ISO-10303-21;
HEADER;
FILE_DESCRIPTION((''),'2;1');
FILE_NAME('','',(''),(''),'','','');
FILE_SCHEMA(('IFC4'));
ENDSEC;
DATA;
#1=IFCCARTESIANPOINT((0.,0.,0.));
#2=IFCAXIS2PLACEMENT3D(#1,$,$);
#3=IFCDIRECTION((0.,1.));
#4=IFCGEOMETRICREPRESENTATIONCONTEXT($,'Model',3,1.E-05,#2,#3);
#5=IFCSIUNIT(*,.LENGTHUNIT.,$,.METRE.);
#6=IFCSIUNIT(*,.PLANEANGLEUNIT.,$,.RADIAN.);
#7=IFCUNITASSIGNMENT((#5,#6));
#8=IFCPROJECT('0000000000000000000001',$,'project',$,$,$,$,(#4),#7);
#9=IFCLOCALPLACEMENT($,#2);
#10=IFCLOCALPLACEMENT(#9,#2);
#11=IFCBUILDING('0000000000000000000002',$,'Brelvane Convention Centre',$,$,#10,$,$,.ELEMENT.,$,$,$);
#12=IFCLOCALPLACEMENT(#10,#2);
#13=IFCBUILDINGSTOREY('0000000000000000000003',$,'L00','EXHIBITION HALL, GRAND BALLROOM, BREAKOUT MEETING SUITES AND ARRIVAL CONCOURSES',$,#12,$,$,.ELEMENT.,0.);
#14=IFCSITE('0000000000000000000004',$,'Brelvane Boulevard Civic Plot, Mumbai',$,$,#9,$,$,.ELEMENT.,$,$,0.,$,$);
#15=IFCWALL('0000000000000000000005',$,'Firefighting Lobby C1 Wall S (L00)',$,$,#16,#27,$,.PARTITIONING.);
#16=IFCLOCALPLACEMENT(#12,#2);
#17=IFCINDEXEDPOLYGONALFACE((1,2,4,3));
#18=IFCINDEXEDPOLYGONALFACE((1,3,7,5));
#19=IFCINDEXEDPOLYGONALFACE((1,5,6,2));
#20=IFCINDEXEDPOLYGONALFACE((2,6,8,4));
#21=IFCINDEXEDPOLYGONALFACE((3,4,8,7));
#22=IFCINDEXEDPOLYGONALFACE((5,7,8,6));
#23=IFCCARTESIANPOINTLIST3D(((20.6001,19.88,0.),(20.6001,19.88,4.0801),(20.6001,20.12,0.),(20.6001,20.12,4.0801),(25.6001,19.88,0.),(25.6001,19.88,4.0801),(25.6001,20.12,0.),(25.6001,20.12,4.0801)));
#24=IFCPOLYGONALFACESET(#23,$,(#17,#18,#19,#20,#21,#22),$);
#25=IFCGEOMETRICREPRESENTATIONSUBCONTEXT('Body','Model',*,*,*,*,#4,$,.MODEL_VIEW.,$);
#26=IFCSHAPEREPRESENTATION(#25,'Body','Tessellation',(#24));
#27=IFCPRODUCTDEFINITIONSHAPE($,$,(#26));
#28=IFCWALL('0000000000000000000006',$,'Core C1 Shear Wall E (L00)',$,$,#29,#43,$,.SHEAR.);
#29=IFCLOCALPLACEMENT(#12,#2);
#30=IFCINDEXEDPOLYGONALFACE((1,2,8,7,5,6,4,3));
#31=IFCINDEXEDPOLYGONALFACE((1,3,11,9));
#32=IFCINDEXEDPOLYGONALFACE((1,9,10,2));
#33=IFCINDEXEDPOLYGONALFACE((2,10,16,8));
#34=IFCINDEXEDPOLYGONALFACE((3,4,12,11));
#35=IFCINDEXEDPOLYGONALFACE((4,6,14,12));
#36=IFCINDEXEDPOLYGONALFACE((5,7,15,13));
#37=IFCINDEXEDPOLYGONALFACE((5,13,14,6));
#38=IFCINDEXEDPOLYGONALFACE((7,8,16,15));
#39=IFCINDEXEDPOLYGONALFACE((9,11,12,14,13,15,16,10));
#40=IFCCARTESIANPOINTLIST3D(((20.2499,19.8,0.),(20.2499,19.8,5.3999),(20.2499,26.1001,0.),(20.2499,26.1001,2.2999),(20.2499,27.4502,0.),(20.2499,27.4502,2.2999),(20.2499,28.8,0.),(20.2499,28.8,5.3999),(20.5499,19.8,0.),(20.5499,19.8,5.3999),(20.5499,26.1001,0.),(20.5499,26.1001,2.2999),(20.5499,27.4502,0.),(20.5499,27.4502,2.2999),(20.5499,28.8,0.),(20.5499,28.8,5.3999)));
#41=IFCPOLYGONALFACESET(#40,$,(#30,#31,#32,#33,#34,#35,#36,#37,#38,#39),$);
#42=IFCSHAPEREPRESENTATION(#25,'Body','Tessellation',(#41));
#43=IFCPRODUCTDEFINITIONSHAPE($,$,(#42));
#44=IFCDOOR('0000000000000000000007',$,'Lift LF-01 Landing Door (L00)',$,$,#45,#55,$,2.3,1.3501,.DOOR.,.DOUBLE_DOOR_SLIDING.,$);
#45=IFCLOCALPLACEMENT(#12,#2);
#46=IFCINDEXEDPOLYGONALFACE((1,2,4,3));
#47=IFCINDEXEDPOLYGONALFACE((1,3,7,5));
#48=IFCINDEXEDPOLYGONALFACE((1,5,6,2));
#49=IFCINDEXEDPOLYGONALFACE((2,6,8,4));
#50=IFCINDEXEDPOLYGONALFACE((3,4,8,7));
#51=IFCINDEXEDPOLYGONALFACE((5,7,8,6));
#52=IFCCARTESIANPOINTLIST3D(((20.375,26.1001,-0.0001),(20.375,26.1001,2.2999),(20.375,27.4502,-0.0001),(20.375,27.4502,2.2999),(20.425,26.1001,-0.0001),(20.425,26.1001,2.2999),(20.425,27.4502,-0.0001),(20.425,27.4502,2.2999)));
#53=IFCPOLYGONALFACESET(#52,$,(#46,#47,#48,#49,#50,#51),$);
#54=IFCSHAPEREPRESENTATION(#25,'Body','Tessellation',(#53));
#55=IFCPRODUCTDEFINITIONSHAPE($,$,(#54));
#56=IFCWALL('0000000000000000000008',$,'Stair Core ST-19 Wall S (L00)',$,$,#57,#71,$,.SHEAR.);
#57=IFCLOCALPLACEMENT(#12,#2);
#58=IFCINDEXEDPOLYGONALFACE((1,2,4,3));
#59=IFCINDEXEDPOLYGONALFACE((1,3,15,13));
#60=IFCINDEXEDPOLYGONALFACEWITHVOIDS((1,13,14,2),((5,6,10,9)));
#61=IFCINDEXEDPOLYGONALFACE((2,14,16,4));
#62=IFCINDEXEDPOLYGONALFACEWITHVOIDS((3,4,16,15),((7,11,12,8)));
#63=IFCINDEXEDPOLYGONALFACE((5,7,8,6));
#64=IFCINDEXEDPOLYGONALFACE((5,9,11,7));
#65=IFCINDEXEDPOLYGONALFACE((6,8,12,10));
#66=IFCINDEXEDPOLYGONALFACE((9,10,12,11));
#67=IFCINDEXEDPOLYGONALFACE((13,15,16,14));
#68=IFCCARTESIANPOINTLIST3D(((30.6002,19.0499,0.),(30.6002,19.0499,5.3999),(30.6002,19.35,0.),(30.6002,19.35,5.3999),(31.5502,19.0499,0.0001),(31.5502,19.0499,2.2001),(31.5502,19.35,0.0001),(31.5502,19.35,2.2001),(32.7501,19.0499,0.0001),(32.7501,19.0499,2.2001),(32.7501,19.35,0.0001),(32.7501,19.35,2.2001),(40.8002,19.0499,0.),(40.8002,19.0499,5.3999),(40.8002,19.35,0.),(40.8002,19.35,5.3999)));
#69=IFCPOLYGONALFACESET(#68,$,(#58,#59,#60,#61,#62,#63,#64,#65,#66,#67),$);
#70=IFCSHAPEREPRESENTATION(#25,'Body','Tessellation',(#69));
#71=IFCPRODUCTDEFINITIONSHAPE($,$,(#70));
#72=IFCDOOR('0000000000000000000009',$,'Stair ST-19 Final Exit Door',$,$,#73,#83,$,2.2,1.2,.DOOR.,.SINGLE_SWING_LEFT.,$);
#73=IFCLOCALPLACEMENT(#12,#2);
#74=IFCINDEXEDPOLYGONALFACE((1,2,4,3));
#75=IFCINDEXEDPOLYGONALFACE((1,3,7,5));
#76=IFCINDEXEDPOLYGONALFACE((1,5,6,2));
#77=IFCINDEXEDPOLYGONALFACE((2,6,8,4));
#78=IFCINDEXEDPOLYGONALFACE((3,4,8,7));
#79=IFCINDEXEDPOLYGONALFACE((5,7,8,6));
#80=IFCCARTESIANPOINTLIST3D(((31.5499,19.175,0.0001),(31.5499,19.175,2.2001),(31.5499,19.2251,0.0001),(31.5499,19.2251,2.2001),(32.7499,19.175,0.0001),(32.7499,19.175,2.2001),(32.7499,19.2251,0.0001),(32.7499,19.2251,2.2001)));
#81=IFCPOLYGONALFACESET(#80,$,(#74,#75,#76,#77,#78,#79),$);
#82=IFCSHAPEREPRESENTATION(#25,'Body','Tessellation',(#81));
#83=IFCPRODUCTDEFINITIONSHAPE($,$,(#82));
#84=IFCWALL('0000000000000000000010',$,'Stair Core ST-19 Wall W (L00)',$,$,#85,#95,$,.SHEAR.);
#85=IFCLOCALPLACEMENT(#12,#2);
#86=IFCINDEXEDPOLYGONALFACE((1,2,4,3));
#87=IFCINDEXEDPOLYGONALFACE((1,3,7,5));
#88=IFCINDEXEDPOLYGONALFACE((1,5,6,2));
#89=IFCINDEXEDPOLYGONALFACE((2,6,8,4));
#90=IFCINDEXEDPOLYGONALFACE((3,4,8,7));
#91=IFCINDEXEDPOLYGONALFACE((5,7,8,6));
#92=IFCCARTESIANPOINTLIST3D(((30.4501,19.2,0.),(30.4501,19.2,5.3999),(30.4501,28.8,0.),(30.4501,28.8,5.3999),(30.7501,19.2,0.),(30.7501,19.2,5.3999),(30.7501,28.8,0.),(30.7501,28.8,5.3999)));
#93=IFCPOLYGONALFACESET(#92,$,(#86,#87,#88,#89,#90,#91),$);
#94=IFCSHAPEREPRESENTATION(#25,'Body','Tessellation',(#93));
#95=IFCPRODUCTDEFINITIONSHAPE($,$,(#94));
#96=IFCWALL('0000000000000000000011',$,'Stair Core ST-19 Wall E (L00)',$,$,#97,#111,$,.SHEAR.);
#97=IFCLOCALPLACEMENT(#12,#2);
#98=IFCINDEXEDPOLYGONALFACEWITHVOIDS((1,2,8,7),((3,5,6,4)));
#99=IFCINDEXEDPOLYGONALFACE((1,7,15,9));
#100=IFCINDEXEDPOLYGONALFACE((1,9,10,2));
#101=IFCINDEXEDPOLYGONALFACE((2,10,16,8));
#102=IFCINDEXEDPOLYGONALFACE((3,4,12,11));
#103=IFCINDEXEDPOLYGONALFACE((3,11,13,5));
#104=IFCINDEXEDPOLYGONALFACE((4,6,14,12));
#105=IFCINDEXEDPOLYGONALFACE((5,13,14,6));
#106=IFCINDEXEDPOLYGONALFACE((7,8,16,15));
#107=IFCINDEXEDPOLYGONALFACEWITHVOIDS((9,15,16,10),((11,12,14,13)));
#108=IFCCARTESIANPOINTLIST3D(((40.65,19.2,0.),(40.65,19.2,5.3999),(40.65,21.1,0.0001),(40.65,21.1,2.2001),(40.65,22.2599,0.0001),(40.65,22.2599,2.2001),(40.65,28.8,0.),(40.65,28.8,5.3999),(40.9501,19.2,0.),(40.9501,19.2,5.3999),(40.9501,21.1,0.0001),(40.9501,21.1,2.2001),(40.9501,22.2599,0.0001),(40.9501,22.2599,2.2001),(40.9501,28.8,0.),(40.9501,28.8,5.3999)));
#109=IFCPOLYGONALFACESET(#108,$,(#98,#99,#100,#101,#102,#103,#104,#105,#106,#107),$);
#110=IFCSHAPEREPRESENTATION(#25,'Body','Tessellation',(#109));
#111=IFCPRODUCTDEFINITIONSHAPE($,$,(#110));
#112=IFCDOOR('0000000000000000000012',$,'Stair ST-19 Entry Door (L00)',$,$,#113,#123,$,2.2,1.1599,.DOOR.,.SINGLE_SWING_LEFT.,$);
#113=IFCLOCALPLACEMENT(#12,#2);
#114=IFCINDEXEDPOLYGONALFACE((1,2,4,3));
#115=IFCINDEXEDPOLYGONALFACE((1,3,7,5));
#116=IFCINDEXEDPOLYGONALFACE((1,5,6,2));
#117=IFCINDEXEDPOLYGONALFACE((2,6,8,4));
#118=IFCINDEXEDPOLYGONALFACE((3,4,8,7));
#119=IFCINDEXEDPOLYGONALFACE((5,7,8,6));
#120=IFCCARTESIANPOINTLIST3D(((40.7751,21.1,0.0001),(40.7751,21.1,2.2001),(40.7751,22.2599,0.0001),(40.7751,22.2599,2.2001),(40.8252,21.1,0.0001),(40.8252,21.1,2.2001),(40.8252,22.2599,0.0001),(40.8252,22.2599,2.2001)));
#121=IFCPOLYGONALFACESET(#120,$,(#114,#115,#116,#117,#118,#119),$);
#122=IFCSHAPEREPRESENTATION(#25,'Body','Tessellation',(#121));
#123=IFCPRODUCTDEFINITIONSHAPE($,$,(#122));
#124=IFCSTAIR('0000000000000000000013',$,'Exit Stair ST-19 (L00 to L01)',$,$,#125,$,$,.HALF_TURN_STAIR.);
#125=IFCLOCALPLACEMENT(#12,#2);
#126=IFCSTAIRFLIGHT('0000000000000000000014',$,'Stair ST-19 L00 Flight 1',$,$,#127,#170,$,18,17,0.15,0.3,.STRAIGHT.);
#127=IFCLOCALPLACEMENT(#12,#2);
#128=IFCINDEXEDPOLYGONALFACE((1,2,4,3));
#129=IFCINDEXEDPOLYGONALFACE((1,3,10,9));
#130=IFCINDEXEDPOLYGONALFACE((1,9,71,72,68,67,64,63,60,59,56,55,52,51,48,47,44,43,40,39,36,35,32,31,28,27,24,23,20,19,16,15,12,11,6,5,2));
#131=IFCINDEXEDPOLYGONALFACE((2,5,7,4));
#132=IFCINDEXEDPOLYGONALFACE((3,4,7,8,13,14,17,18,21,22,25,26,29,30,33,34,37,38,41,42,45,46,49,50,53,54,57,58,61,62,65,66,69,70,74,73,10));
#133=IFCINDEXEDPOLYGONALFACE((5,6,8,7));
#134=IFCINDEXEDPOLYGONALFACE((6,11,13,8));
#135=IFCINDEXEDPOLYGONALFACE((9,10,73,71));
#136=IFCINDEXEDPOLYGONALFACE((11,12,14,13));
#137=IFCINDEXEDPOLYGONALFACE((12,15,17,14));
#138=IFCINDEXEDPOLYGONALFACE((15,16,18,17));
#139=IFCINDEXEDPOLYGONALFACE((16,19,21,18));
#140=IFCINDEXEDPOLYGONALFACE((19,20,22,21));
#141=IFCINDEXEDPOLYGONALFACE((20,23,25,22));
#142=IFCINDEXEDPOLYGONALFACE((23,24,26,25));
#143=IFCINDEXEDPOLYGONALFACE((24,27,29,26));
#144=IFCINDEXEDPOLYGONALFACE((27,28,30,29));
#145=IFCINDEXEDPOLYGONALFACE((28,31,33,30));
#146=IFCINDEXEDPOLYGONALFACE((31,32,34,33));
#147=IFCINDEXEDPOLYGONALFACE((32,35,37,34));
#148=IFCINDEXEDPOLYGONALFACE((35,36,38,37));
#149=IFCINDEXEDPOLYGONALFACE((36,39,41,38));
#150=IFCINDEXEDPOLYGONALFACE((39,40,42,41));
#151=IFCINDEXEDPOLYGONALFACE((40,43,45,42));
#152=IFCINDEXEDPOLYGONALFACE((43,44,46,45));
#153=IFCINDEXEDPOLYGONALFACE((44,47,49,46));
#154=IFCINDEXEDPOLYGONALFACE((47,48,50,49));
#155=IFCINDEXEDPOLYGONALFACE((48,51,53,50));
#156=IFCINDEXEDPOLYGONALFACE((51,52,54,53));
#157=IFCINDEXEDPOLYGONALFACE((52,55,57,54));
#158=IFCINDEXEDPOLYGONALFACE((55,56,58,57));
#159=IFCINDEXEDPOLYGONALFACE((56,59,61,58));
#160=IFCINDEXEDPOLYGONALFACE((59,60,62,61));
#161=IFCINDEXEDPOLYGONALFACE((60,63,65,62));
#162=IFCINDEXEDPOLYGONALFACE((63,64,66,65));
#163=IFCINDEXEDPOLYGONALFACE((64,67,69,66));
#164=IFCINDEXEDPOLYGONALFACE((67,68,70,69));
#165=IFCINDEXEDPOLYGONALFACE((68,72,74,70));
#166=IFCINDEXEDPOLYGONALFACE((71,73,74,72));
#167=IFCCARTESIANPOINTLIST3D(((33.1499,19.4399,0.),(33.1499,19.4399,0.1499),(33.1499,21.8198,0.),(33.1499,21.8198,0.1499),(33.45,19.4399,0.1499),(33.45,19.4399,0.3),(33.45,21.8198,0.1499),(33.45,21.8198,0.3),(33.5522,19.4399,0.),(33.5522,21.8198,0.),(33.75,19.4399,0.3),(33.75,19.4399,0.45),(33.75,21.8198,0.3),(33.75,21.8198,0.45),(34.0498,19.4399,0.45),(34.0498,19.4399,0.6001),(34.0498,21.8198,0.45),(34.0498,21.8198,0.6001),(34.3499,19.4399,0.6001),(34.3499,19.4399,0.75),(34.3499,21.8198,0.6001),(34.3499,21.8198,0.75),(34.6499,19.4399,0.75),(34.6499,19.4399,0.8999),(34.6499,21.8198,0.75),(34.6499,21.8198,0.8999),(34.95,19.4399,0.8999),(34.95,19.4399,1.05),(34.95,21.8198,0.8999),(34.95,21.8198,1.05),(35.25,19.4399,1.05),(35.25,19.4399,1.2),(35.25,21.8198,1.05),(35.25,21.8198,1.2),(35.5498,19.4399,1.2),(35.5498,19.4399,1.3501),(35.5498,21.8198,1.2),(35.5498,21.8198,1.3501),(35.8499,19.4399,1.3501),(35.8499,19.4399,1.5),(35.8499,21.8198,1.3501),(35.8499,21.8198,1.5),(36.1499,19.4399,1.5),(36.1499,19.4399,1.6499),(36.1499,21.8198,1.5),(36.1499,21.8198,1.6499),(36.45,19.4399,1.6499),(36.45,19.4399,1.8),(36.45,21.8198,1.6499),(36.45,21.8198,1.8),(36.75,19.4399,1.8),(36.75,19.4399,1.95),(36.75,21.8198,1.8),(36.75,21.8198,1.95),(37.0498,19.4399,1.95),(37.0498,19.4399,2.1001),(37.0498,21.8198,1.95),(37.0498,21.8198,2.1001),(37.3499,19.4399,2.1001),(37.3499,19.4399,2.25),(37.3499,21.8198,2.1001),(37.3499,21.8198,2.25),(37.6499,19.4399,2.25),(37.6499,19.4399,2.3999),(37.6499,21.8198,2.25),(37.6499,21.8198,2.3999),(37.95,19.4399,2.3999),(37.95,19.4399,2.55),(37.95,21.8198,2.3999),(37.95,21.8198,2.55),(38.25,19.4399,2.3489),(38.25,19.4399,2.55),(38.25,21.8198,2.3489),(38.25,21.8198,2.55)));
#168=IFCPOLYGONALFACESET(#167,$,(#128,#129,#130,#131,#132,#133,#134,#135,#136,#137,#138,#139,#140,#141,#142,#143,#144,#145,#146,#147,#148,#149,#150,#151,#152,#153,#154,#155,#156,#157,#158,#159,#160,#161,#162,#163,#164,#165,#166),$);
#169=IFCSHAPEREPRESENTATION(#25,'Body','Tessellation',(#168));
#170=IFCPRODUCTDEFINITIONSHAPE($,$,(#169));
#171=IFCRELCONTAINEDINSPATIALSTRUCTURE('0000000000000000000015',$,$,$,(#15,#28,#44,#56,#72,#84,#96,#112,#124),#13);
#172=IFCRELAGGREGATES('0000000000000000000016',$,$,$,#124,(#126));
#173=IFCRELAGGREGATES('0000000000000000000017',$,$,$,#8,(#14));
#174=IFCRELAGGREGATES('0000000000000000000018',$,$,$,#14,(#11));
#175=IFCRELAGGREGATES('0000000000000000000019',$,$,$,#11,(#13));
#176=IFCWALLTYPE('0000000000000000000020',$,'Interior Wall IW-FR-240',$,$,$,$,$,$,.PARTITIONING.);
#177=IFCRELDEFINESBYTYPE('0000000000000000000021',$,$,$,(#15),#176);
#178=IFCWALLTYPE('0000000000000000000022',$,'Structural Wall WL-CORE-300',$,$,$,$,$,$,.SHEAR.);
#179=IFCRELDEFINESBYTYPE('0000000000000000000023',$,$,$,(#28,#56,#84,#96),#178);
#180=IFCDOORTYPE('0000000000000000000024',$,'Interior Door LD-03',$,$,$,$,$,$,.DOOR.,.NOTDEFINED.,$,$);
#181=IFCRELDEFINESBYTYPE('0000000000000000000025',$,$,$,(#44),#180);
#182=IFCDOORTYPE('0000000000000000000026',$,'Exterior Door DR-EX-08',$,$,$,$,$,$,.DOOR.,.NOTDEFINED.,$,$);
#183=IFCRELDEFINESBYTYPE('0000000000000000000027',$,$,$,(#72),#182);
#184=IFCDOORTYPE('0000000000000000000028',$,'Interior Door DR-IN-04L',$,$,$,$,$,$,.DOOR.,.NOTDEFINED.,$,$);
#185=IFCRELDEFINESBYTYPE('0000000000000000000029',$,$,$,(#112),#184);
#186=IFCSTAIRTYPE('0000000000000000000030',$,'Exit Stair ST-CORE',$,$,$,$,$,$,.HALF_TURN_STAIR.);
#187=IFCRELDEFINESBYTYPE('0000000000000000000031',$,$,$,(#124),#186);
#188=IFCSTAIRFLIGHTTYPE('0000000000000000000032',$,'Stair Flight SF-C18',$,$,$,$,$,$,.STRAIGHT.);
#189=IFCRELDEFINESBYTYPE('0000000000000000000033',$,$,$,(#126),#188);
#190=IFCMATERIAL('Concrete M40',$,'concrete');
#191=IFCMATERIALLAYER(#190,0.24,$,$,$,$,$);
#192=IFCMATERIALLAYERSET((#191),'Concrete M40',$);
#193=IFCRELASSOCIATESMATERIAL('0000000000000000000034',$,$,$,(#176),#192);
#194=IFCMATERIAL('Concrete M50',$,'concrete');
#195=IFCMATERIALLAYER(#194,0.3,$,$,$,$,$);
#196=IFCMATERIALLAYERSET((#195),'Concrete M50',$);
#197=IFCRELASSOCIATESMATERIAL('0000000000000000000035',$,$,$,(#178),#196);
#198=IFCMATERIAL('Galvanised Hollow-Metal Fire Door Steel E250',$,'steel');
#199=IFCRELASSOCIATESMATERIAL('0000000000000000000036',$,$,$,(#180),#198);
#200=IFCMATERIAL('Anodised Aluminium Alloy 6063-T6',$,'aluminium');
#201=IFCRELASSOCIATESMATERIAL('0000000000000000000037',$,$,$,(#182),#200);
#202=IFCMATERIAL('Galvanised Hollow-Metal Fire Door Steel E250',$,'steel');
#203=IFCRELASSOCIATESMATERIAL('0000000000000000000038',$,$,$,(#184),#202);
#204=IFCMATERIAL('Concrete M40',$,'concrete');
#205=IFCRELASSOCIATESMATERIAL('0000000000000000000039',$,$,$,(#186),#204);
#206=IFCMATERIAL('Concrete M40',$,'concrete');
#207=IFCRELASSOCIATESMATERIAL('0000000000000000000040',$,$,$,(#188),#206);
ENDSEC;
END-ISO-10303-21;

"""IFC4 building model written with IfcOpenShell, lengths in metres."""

from ifc_helpers import new_model, si_unit, direction, frame, frame_2d, origin, place, context, subcontext, project, spatial, polyline, rectangle, outline, extrude, material, layer, layer_set, type_object, element, fill, aggregate, save


model = new_model("IFC4")

# Units and contexts
model_context = context("Model", 3, precision=1e-05, world=origin(), true_north=direction((0.0, 1.0)))
body_context = subcontext(model_context, "Body", "Model", "MODEL_VIEW")
ifc_project = project(units=[si_unit("LENGTHUNIT", "METRE"), si_unit("PLANEANGLEUNIT", "RADIAN")], contexts=[model_context])

# Site, building, storey
site_placement = place(None, origin())
site = spatial("IfcSite", under=ifc_project, at=site_placement, Name="Brelvane Boulevard Civic Plot, Mumbai", CompositionType="ELEMENT", RefElevation=0.0)
building_placement = place(site_placement, origin())
building = spatial("IfcBuilding", under=site, at=building_placement, Name="Brelvane Convention Centre", CompositionType="ELEMENT")
storey_placement = place(building_placement, origin())
storey = spatial("IfcBuildingStorey", under=building, at=storey_placement, Name="L00", Description="EXHIBITION HALL, GRAND BALLROOM, BREAKOUT MEETING SUITES AND ARRIVAL CONCOURSES", CompositionType="ELEMENT", Elevation=0.0)

# Shared definitions
ifc_material_1 = material(Name="Concrete M40", Category="concrete")
ifc_layer_1 = layer(ifc_material_1, 0.24)
ifc_layer_set_1 = layer_set([ifc_layer_1], Name="Concrete M40")
wall_type_1 = type_object("IfcWallType", Name="Interior Wall IW-FR-240", PredefinedType="PARTITIONING", material=ifc_layer_set_1)

# Wall
wall_1_placement = place(storey_placement, frame((20.6001, 20.0, 0.0), z_axis=(0.0, 0.0, 1.0), x_axis=(1.0, 0.0, 0.0)))
element("IfcWall", 1, at=wall_1_placement, inside=storey, type_object=wall_type_1, Name="Firefighting Lobby C1 Wall S (L00)", PredefinedType="PARTITIONING", context=body_context, shape_type="SweptSolid", body=[
    extrude(rectangle(XDim=5.0, YDim=0.24, at=frame_2d((2.5, 0.0))), origin(), (0.0, 0.0, 1.0), 4.0801),
])

# Walls, openings, doors
ifc_material_2 = material(Name="Concrete M50", Category="concrete")
ifc_layer_2 = layer(ifc_material_2, 0.3)
ifc_layer_set_2 = layer_set([ifc_layer_2], Name="Concrete M50")
wall_type_2 = type_object("IfcWallType", Name="Structural Wall WL-CORE-300", PredefinedType="SHEAR", material=ifc_layer_set_2)
wall_2_placement = place(storey_placement, frame((20.3999, 19.8, 0.0), z_axis=(0.0, 0.0, 1.0), x_axis=(0.0, 1.0, 0.0)))
wall_2 = element("IfcWall", 2, at=wall_2_placement, inside=storey, type_object=wall_type_2, Name="Core C1 Shear Wall E (L00)", PredefinedType="SHEAR", context=body_context, shape_type="SweptSolid", body=[
    extrude(rectangle(XDim=9.0, YDim=0.3, at=frame_2d((4.5, 0.0))), origin(), (0.0, 0.0, 1.0), 5.3999),
])
opening_1_placement = place(wall_2_placement, frame((6.3, 0.0, 0.0)))
opening_1 = element("IfcOpeningElement", 3, at=opening_1_placement, cuts=wall_2, PredefinedType="OPENING", context=body_context, shape_type="SweptSolid", body=[
    extrude(rectangle(XDim=1.3501, YDim=2.3, at=frame_2d((0.675, 1.1499))), frame((0.0, 0.1599, 0.0), z_axis=(0.0, -1.0, 0.0), x_axis=(1.0, 0.0, 0.0)), (0.0, 0.0, 1.0), 0.3201),
])
ifc_material_3 = material(Name="Galvanised Hollow-Metal Fire Door Steel E250", Category="steel")
door_type_1 = type_object("IfcDoorType", Name="Interior Door LD-03", OperationType="NOTDEFINED", PredefinedType="DOOR", material=ifc_material_3)
door_1_placement = place(opening_1_placement, origin())
door_1 = element("IfcDoor", 4, at=door_1_placement, inside=storey, type_object=door_type_1, Name="Lift LF-01 Landing Door (L00)", OperationType="DOUBLE_DOOR_SLIDING", OverallHeight=2.3, OverallWidth=1.3501, PredefinedType="DOOR", context=body_context, shape_type="SweptSolid", body=[
    extrude(rectangle(XDim=1.3501, YDim=2.3, at=frame_2d((0.675, 1.1499))), frame((0.0, 0.0249, 0.0), z_axis=(0.0, -1.0, 0.0), x_axis=(1.0, 0.0, 0.0)), (0.0, 0.0, 1.0), 0.05),
])
fill(opening_1, door_1)
wall_3_placement = place(storey_placement, frame((30.6001, 19.2, 0.0), z_axis=(0.0, 0.0, 1.0), x_axis=(1.0, 0.0, 0.0)))
wall_3 = element("IfcWall", 5, at=wall_3_placement, inside=storey, type_object=wall_type_2, Name="Stair Core ST-19 Wall S (L00)", PredefinedType="SHEAR", context=body_context, shape_type="SweptSolid", body=[
    extrude(rectangle(XDim=10.2, YDim=0.3, at=frame_2d((5.1001, 0.0))), origin(), (0.0, 0.0, 1.0), 5.3999),
])
opening_2_placement = place(wall_3_placement, frame((0.95, 0.0, 0.0)))
opening_2 = element("IfcOpeningElement", 6, at=opening_2_placement, cuts=wall_3, PredefinedType="OPENING", context=body_context, shape_type="SweptSolid", body=[
    extrude(rectangle(XDim=1.2, YDim=2.2, at=frame_2d((0.6001, 1.1001))), frame((0.0, 0.1599, 0.0), z_axis=(0.0, -1.0, 0.0), x_axis=(1.0, 0.0, 0.0)), (0.0, 0.0, 1.0), 0.3201),
])
ifc_material_4 = material(Name="Anodised Aluminium Alloy 6063-T6", Category="aluminium")
door_type_2 = type_object("IfcDoorType", Name="Exterior Door DR-EX-08", OperationType="NOTDEFINED", PredefinedType="DOOR", material=ifc_material_4)
door_2_placement = place(opening_2_placement, frame((1.2, 0.0, 0.0), z_axis=(0.0, 0.0, 1.0), x_axis=(-1.0, 0.0, 0.0)))
door_2 = element("IfcDoor", 7, at=door_2_placement, inside=storey, type_object=door_type_2, Name="Stair ST-19 Final Exit Door", OperationType="SINGLE_SWING_LEFT", OverallHeight=2.2, OverallWidth=1.2, PredefinedType="DOOR", context=body_context, shape_type="SweptSolid", body=[
    extrude(rectangle(XDim=1.2, YDim=2.2, at=frame_2d((0.6001, 1.1001))), frame((0.0, 0.0249, 0.0), z_axis=(0.0, -1.0, 0.0), x_axis=(1.0, 0.0, 0.0)), (0.0, 0.0, 1.0), 0.05),
])
fill(opening_2, door_2)

# Wall
wall_4_placement = place(storey_placement, frame((30.6001, 19.2, 0.0), z_axis=(0.0, 0.0, 1.0), x_axis=(0.0, 1.0, 0.0)))
element("IfcWall", 8, at=wall_4_placement, inside=storey, type_object=wall_type_2, Name="Stair Core ST-19 Wall W (L00)", PredefinedType="SHEAR", context=body_context, shape_type="SweptSolid", body=[
    extrude(rectangle(XDim=9.6001, YDim=0.3, at=frame_2d((4.8, 0.0))), origin(), (0.0, 0.0, 1.0), 5.3999),
])

# Wall, opening, door
wall_5_placement = place(storey_placement, frame((40.8, 19.2, 0.0), z_axis=(0.0, 0.0, 1.0), x_axis=(0.0, 1.0, 0.0)))
wall_5 = element("IfcWall", 9, at=wall_5_placement, inside=storey, type_object=wall_type_2, Name="Stair Core ST-19 Wall E (L00)", PredefinedType="SHEAR", context=body_context, shape_type="SweptSolid", body=[
    extrude(rectangle(XDim=9.6001, YDim=0.3, at=frame_2d((4.8, 0.0))), origin(), (0.0, 0.0, 1.0), 5.3999),
])
opening_3_placement = place(wall_5_placement, frame((1.8999, 0.0, 0.0)))
opening_3 = element("IfcOpeningElement", 10, at=opening_3_placement, cuts=wall_5, PredefinedType="OPENING", context=body_context, shape_type="SweptSolid", body=[
    extrude(rectangle(XDim=1.1599, YDim=2.2, at=frame_2d((0.5801, 1.1001))), frame((0.0, 0.1599, 0.0), z_axis=(0.0, -1.0, 0.0), x_axis=(1.0, 0.0, 0.0)), (0.0, 0.0, 1.0), 0.3201),
])
ifc_material_5 = material(Name="Galvanised Hollow-Metal Fire Door Steel E250", Category="steel")
door_type_3 = type_object("IfcDoorType", Name="Interior Door DR-IN-04L", OperationType="NOTDEFINED", PredefinedType="DOOR", material=ifc_material_5)
door_3_placement = place(opening_3_placement, origin())
door_3 = element("IfcDoor", 11, at=door_3_placement, inside=storey, type_object=door_type_3, Name="Stair ST-19 Entry Door (L00)", OperationType="SINGLE_SWING_LEFT", OverallHeight=2.2, OverallWidth=1.1599, PredefinedType="DOOR", context=body_context, shape_type="SweptSolid", body=[
    extrude(rectangle(XDim=1.1599, YDim=2.2, at=frame_2d((0.5801, 1.1001))), frame((0.0, 0.0249, 0.0), z_axis=(0.0, -1.0, 0.0), x_axis=(1.0, 0.0, 0.0)), (0.0, 0.0, 1.0), 0.05),
])
fill(opening_3, door_3)

# Stair, stair flight
ifc_material_6 = material(Name="Concrete M40", Category="concrete")
stair_type = type_object("IfcStairType", Name="Exit Stair ST-CORE", PredefinedType="HALF_TURN_STAIR", material=ifc_material_6)
stair_placement = place(storey_placement, origin())
stair = element("IfcStair", 12, at=stair_placement, inside=storey, type_object=stair_type, Name="Exit Stair ST-19 (L00 to L01)", PredefinedType="HALF_TURN_STAIR")
ifc_material_7 = material(Name="Concrete M40", Category="concrete")
stair_flight_type = type_object("IfcStairFlightType", Name="Stair Flight SF-C18", PredefinedType="STRAIGHT", material=ifc_material_7)
stair_flight_1_placement = place(storey_placement, frame((33.1499, 20.6299, 0.0), z_axis=(0.0, 0.0, 1.0), x_axis=(1.0, 0.0, 0.0)))
stair_flight_1 = element("IfcStairFlight", 13, at=stair_flight_1_placement, type_object=stair_flight_type, Name="Stair ST-19 L00 Flight 1", NumberOfRisers=18, NumberOfTreads=17, PredefinedType="STRAIGHT", RiserHeight=0.15, TreadLength=0.3, context=body_context, shape_type="SweptSolid", body=[
    extrude(outline(polyline([(0.0, 0.0), (0.0, 0.1499), (0.3, 0.1499), (0.3, 0.3), (0.6001, 0.3), (0.6001, 0.45), (0.8999, 0.45), (0.8999, 0.6001), (1.2, 0.6001), (1.2, 0.75), (1.5, 0.75), (1.5, 0.8999), (1.8, 0.8999), (1.8, 1.05), (2.1001, 1.05), (2.1001, 1.2), (2.3999, 1.2), (2.3999, 1.3501), (2.7, 1.3501), (2.7, 1.5), (3.0, 1.5), (3.0, 1.6499), (3.3, 1.6499), (3.3, 1.8), (3.6001, 1.8), (3.6001, 1.95), (3.8999, 1.95), (3.8999, 2.1001), (4.2, 2.1001), (4.2, 2.25), (4.5, 2.25), (4.5, 2.3999), (4.8, 2.3999), (4.8, 2.55), (5.1001, 2.55), (5.1001, 2.7), (5.1001, 2.3489), (0.4023, 0.0), (0.0, 0.0)])), frame((0.0, 1.1899, 0.0), z_axis=(0.0, -1.0, 0.0), x_axis=(1.0, 0.0, 0.0)), (0.0, 0.0, 1.0), 2.3799),
])
aggregate(stair, [stair_flight_1])

save(model, "model.ifc")
